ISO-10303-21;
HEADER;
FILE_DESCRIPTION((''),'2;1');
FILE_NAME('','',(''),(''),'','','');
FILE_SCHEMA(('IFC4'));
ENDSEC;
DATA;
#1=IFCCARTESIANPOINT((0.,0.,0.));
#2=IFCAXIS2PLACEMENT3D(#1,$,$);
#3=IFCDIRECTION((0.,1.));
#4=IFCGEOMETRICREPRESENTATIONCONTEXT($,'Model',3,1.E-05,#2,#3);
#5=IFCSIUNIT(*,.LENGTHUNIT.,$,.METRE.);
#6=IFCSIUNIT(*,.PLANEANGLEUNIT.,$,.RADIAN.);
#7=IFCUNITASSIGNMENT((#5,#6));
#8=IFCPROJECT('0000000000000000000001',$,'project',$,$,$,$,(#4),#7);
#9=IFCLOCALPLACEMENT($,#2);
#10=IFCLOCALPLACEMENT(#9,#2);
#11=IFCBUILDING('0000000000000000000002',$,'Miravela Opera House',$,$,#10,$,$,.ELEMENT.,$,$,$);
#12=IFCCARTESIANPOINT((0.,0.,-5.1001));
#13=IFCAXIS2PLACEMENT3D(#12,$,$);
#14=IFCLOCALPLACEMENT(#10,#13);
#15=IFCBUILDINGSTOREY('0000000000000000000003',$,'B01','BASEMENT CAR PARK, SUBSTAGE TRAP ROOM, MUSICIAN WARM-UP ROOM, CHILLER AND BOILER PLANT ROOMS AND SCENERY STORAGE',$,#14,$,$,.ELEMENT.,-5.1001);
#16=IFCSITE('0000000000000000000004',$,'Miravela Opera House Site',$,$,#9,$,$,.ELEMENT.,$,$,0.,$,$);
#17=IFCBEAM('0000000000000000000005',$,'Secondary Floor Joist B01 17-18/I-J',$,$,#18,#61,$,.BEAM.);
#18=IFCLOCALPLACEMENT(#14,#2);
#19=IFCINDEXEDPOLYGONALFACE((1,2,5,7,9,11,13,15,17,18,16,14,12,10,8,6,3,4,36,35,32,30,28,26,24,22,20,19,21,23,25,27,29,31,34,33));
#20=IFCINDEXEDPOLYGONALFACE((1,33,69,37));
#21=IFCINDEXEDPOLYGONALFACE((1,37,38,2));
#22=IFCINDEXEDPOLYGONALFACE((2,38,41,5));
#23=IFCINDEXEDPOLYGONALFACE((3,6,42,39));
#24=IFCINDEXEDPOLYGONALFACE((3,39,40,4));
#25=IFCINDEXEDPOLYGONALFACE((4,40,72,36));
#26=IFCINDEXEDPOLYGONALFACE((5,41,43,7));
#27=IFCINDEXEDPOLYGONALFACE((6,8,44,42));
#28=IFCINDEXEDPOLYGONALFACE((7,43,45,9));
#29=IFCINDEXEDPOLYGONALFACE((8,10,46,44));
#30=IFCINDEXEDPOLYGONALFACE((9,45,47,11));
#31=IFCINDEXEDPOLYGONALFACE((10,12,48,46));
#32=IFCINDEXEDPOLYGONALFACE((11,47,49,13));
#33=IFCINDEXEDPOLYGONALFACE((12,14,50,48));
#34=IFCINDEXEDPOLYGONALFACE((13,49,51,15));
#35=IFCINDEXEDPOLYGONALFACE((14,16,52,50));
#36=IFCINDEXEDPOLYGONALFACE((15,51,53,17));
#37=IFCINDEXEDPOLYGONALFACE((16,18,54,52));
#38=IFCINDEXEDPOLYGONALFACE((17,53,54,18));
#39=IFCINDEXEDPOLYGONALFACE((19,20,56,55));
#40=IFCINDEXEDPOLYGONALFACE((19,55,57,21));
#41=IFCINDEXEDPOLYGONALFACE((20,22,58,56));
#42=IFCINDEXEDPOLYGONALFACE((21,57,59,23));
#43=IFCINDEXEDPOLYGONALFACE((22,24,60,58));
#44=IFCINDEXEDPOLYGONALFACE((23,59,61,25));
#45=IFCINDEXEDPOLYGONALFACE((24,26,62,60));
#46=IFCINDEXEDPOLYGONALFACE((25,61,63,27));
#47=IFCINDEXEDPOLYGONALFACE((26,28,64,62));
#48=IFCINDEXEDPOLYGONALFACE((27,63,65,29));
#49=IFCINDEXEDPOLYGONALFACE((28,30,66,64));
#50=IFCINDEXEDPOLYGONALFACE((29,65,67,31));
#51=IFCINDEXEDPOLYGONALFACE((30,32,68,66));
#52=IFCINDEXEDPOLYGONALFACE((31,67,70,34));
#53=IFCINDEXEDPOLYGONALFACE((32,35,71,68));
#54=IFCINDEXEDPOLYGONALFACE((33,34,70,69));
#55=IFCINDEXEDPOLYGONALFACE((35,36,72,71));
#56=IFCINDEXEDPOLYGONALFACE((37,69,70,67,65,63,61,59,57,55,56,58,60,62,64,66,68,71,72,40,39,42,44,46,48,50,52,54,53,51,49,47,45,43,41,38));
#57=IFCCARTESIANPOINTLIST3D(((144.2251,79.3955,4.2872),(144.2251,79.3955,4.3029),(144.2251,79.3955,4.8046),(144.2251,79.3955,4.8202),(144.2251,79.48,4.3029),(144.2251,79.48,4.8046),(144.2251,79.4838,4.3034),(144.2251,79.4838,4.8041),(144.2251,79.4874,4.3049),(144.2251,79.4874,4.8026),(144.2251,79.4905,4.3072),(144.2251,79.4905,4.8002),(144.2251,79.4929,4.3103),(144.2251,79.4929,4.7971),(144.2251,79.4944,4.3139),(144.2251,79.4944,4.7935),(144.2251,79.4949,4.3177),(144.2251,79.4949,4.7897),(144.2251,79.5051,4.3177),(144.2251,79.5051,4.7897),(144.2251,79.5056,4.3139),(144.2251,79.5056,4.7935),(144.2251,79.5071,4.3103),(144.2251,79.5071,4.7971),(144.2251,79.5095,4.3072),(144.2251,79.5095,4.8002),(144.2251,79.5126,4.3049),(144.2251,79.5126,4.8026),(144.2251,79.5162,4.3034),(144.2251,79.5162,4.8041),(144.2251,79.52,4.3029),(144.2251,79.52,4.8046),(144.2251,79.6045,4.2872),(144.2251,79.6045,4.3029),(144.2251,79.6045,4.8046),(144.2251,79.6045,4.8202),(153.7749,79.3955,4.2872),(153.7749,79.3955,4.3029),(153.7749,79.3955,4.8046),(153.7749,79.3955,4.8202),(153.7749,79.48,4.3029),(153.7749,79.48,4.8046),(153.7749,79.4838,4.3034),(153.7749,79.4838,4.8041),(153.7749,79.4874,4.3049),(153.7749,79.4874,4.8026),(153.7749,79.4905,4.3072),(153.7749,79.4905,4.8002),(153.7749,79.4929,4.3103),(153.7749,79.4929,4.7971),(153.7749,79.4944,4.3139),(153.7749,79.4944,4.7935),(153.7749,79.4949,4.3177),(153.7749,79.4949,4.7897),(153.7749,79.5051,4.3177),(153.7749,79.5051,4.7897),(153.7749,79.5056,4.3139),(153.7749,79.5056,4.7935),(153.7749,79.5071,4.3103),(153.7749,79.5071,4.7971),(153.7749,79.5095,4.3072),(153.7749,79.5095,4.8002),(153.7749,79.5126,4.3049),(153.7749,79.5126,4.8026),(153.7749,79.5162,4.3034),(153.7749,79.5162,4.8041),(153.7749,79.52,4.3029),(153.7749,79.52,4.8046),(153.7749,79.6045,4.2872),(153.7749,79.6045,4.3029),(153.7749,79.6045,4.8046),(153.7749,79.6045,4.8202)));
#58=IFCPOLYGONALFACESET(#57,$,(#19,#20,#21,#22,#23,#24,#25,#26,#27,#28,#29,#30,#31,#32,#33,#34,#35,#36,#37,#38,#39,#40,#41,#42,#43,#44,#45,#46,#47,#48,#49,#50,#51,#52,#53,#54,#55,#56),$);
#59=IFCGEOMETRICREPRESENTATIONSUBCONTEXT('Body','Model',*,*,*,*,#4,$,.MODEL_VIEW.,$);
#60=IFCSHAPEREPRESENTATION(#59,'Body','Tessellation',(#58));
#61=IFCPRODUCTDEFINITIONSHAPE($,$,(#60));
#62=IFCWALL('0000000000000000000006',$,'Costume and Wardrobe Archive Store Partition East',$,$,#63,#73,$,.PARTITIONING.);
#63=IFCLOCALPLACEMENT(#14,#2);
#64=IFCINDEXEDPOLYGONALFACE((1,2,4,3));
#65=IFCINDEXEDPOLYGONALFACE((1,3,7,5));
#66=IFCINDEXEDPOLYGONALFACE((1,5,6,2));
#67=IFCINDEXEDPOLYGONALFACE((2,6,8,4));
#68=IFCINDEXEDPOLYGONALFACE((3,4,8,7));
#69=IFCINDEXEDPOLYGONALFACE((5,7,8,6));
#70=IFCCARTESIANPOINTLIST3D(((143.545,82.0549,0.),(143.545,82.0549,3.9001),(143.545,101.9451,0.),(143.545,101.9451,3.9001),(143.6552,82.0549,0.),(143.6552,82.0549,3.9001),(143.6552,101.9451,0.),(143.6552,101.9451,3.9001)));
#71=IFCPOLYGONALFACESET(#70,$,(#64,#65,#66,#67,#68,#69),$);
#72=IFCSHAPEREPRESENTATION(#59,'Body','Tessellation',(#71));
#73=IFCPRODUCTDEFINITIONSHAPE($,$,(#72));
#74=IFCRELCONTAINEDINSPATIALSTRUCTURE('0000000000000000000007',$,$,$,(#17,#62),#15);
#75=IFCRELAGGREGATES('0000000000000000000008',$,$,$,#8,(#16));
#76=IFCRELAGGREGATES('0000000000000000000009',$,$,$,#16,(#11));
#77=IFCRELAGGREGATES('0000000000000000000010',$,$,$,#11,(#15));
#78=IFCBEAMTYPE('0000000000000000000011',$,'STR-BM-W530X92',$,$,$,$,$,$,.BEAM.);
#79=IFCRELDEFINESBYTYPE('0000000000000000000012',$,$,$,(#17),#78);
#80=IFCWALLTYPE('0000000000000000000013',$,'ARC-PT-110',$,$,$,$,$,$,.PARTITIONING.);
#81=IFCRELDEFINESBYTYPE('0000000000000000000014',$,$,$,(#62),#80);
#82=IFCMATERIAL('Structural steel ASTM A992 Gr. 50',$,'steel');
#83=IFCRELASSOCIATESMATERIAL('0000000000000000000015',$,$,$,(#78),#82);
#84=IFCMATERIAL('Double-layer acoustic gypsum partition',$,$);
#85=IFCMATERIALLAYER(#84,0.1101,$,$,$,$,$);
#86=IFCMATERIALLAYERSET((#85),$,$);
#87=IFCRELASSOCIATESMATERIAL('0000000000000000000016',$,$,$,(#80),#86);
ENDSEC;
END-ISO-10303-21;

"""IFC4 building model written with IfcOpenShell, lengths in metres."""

from ifc_helpers import new_model, si_unit, direction, frame, frame_2d, origin, origin_2d, place, context, subcontext, project, spatial, rectangle, i_section, extrude, material, layer, layer_set, material_profile, profile_set, type_object, element, save


model = new_model("IFC4")

# Units and contexts
model_context = context("Model", 3, precision=1e-05, world=origin(), true_north=direction((0.0, 1.0)))
body_context = subcontext(model_context, "Body", "Model", "MODEL_VIEW")
ifc_project = project(units=[si_unit("LENGTHUNIT", "METRE"), si_unit("PLANEANGLEUNIT", "RADIAN")], contexts=[model_context])

# Site, building, storey
site_placement = place(None, origin())
site = spatial("IfcSite", under=ifc_project, at=site_placement, Name="Miravela Opera House Site", CompositionType="ELEMENT", RefElevation=0.0)
building_placement = place(site_placement, origin())
building = spatial("IfcBuilding", under=site, at=building_placement, Name="Miravela Opera House", CompositionType="ELEMENT")
storey_placement = place(building_placement, frame((0.0, 0.0, -5.1001)))
storey = spatial("IfcBuildingStorey", under=building, at=storey_placement, Name="B01", Description="BASEMENT CAR PARK, SUBSTAGE TRAP ROOM, MUSICIAN WARM-UP ROOM, CHILLER AND BOILER PLANT ROOMS AND SCENERY STORAGE", CompositionType="ELEMENT", Elevation=-5.1001)

# Beam
ifc_material_1 = material(Name="Structural steel ASTM A992 Gr. 50", Category="steel")
ifc_material_profile_1 = material_profile(ifc_material_1, i_section(OverallWidth=0.209, OverallDepth=0.533, WebThickness=0.0103, FlangeThickness=0.0156, FilletRadius=0.0149, at=origin_2d()), Name="W530X92")
ifc_profile_set_1 = profile_set([ifc_material_profile_1])
beam_type_1 = type_object("IfcBeamType", Name="STR-BM-W530X92", PredefinedType="BEAM", material=ifc_profile_set_1)
beam_1_placement = place(storey_placement, frame((144.2251, 79.5, 4.5537), z_axis=(1.0, 0.0, 0.0), x_axis=(0.0, 1.0, 0.0)))
element("IfcBeam", 1, at=beam_1_placement, inside=storey, type_object=beam_type_1, Name="Secondary Floor Joist B01 17-18/I-J", PredefinedType="BEAM", context=body_context, shape_type="SweptSolid", body=[
    extrude(i_section(OverallWidth=0.209, OverallDepth=0.533, WebThickness=0.0103, FlangeThickness=0.0156, FilletRadius=0.0149, at=origin_2d()), origin(), (0.0, 0.0, 1.0), 9.5498),
])

# Wall
ifc_material_2 = material(Name="Double-layer acoustic gypsum partition")
ifc_layer = layer(ifc_material_2, 0.1101)
ifc_layer_set = layer_set([ifc_layer])
wall_type = type_object("IfcWallType", Name="ARC-PT-110", PredefinedType="PARTITIONING", material=ifc_layer_set)
wall_placement = place(storey_placement, frame((143.6001, 82.0549, 0.0), z_axis=(0.0, 0.0, 1.0), x_axis=(0.0, 1.0, 0.0)))
element("IfcWall", 2, at=wall_placement, inside=storey, type_object=wall_type, Name="Costume and Wardrobe Archive Store Partition East", PredefinedType="PARTITIONING", context=body_context, shape_type="SweptSolid", body=[
    extrude(rectangle(XDim=19.8901, YDim=0.1101, at=frame_2d((9.9451, 0.0))), origin(), (0.0, 0.0, 1.0), 3.9001),
])

save(model, "model.ifc")
